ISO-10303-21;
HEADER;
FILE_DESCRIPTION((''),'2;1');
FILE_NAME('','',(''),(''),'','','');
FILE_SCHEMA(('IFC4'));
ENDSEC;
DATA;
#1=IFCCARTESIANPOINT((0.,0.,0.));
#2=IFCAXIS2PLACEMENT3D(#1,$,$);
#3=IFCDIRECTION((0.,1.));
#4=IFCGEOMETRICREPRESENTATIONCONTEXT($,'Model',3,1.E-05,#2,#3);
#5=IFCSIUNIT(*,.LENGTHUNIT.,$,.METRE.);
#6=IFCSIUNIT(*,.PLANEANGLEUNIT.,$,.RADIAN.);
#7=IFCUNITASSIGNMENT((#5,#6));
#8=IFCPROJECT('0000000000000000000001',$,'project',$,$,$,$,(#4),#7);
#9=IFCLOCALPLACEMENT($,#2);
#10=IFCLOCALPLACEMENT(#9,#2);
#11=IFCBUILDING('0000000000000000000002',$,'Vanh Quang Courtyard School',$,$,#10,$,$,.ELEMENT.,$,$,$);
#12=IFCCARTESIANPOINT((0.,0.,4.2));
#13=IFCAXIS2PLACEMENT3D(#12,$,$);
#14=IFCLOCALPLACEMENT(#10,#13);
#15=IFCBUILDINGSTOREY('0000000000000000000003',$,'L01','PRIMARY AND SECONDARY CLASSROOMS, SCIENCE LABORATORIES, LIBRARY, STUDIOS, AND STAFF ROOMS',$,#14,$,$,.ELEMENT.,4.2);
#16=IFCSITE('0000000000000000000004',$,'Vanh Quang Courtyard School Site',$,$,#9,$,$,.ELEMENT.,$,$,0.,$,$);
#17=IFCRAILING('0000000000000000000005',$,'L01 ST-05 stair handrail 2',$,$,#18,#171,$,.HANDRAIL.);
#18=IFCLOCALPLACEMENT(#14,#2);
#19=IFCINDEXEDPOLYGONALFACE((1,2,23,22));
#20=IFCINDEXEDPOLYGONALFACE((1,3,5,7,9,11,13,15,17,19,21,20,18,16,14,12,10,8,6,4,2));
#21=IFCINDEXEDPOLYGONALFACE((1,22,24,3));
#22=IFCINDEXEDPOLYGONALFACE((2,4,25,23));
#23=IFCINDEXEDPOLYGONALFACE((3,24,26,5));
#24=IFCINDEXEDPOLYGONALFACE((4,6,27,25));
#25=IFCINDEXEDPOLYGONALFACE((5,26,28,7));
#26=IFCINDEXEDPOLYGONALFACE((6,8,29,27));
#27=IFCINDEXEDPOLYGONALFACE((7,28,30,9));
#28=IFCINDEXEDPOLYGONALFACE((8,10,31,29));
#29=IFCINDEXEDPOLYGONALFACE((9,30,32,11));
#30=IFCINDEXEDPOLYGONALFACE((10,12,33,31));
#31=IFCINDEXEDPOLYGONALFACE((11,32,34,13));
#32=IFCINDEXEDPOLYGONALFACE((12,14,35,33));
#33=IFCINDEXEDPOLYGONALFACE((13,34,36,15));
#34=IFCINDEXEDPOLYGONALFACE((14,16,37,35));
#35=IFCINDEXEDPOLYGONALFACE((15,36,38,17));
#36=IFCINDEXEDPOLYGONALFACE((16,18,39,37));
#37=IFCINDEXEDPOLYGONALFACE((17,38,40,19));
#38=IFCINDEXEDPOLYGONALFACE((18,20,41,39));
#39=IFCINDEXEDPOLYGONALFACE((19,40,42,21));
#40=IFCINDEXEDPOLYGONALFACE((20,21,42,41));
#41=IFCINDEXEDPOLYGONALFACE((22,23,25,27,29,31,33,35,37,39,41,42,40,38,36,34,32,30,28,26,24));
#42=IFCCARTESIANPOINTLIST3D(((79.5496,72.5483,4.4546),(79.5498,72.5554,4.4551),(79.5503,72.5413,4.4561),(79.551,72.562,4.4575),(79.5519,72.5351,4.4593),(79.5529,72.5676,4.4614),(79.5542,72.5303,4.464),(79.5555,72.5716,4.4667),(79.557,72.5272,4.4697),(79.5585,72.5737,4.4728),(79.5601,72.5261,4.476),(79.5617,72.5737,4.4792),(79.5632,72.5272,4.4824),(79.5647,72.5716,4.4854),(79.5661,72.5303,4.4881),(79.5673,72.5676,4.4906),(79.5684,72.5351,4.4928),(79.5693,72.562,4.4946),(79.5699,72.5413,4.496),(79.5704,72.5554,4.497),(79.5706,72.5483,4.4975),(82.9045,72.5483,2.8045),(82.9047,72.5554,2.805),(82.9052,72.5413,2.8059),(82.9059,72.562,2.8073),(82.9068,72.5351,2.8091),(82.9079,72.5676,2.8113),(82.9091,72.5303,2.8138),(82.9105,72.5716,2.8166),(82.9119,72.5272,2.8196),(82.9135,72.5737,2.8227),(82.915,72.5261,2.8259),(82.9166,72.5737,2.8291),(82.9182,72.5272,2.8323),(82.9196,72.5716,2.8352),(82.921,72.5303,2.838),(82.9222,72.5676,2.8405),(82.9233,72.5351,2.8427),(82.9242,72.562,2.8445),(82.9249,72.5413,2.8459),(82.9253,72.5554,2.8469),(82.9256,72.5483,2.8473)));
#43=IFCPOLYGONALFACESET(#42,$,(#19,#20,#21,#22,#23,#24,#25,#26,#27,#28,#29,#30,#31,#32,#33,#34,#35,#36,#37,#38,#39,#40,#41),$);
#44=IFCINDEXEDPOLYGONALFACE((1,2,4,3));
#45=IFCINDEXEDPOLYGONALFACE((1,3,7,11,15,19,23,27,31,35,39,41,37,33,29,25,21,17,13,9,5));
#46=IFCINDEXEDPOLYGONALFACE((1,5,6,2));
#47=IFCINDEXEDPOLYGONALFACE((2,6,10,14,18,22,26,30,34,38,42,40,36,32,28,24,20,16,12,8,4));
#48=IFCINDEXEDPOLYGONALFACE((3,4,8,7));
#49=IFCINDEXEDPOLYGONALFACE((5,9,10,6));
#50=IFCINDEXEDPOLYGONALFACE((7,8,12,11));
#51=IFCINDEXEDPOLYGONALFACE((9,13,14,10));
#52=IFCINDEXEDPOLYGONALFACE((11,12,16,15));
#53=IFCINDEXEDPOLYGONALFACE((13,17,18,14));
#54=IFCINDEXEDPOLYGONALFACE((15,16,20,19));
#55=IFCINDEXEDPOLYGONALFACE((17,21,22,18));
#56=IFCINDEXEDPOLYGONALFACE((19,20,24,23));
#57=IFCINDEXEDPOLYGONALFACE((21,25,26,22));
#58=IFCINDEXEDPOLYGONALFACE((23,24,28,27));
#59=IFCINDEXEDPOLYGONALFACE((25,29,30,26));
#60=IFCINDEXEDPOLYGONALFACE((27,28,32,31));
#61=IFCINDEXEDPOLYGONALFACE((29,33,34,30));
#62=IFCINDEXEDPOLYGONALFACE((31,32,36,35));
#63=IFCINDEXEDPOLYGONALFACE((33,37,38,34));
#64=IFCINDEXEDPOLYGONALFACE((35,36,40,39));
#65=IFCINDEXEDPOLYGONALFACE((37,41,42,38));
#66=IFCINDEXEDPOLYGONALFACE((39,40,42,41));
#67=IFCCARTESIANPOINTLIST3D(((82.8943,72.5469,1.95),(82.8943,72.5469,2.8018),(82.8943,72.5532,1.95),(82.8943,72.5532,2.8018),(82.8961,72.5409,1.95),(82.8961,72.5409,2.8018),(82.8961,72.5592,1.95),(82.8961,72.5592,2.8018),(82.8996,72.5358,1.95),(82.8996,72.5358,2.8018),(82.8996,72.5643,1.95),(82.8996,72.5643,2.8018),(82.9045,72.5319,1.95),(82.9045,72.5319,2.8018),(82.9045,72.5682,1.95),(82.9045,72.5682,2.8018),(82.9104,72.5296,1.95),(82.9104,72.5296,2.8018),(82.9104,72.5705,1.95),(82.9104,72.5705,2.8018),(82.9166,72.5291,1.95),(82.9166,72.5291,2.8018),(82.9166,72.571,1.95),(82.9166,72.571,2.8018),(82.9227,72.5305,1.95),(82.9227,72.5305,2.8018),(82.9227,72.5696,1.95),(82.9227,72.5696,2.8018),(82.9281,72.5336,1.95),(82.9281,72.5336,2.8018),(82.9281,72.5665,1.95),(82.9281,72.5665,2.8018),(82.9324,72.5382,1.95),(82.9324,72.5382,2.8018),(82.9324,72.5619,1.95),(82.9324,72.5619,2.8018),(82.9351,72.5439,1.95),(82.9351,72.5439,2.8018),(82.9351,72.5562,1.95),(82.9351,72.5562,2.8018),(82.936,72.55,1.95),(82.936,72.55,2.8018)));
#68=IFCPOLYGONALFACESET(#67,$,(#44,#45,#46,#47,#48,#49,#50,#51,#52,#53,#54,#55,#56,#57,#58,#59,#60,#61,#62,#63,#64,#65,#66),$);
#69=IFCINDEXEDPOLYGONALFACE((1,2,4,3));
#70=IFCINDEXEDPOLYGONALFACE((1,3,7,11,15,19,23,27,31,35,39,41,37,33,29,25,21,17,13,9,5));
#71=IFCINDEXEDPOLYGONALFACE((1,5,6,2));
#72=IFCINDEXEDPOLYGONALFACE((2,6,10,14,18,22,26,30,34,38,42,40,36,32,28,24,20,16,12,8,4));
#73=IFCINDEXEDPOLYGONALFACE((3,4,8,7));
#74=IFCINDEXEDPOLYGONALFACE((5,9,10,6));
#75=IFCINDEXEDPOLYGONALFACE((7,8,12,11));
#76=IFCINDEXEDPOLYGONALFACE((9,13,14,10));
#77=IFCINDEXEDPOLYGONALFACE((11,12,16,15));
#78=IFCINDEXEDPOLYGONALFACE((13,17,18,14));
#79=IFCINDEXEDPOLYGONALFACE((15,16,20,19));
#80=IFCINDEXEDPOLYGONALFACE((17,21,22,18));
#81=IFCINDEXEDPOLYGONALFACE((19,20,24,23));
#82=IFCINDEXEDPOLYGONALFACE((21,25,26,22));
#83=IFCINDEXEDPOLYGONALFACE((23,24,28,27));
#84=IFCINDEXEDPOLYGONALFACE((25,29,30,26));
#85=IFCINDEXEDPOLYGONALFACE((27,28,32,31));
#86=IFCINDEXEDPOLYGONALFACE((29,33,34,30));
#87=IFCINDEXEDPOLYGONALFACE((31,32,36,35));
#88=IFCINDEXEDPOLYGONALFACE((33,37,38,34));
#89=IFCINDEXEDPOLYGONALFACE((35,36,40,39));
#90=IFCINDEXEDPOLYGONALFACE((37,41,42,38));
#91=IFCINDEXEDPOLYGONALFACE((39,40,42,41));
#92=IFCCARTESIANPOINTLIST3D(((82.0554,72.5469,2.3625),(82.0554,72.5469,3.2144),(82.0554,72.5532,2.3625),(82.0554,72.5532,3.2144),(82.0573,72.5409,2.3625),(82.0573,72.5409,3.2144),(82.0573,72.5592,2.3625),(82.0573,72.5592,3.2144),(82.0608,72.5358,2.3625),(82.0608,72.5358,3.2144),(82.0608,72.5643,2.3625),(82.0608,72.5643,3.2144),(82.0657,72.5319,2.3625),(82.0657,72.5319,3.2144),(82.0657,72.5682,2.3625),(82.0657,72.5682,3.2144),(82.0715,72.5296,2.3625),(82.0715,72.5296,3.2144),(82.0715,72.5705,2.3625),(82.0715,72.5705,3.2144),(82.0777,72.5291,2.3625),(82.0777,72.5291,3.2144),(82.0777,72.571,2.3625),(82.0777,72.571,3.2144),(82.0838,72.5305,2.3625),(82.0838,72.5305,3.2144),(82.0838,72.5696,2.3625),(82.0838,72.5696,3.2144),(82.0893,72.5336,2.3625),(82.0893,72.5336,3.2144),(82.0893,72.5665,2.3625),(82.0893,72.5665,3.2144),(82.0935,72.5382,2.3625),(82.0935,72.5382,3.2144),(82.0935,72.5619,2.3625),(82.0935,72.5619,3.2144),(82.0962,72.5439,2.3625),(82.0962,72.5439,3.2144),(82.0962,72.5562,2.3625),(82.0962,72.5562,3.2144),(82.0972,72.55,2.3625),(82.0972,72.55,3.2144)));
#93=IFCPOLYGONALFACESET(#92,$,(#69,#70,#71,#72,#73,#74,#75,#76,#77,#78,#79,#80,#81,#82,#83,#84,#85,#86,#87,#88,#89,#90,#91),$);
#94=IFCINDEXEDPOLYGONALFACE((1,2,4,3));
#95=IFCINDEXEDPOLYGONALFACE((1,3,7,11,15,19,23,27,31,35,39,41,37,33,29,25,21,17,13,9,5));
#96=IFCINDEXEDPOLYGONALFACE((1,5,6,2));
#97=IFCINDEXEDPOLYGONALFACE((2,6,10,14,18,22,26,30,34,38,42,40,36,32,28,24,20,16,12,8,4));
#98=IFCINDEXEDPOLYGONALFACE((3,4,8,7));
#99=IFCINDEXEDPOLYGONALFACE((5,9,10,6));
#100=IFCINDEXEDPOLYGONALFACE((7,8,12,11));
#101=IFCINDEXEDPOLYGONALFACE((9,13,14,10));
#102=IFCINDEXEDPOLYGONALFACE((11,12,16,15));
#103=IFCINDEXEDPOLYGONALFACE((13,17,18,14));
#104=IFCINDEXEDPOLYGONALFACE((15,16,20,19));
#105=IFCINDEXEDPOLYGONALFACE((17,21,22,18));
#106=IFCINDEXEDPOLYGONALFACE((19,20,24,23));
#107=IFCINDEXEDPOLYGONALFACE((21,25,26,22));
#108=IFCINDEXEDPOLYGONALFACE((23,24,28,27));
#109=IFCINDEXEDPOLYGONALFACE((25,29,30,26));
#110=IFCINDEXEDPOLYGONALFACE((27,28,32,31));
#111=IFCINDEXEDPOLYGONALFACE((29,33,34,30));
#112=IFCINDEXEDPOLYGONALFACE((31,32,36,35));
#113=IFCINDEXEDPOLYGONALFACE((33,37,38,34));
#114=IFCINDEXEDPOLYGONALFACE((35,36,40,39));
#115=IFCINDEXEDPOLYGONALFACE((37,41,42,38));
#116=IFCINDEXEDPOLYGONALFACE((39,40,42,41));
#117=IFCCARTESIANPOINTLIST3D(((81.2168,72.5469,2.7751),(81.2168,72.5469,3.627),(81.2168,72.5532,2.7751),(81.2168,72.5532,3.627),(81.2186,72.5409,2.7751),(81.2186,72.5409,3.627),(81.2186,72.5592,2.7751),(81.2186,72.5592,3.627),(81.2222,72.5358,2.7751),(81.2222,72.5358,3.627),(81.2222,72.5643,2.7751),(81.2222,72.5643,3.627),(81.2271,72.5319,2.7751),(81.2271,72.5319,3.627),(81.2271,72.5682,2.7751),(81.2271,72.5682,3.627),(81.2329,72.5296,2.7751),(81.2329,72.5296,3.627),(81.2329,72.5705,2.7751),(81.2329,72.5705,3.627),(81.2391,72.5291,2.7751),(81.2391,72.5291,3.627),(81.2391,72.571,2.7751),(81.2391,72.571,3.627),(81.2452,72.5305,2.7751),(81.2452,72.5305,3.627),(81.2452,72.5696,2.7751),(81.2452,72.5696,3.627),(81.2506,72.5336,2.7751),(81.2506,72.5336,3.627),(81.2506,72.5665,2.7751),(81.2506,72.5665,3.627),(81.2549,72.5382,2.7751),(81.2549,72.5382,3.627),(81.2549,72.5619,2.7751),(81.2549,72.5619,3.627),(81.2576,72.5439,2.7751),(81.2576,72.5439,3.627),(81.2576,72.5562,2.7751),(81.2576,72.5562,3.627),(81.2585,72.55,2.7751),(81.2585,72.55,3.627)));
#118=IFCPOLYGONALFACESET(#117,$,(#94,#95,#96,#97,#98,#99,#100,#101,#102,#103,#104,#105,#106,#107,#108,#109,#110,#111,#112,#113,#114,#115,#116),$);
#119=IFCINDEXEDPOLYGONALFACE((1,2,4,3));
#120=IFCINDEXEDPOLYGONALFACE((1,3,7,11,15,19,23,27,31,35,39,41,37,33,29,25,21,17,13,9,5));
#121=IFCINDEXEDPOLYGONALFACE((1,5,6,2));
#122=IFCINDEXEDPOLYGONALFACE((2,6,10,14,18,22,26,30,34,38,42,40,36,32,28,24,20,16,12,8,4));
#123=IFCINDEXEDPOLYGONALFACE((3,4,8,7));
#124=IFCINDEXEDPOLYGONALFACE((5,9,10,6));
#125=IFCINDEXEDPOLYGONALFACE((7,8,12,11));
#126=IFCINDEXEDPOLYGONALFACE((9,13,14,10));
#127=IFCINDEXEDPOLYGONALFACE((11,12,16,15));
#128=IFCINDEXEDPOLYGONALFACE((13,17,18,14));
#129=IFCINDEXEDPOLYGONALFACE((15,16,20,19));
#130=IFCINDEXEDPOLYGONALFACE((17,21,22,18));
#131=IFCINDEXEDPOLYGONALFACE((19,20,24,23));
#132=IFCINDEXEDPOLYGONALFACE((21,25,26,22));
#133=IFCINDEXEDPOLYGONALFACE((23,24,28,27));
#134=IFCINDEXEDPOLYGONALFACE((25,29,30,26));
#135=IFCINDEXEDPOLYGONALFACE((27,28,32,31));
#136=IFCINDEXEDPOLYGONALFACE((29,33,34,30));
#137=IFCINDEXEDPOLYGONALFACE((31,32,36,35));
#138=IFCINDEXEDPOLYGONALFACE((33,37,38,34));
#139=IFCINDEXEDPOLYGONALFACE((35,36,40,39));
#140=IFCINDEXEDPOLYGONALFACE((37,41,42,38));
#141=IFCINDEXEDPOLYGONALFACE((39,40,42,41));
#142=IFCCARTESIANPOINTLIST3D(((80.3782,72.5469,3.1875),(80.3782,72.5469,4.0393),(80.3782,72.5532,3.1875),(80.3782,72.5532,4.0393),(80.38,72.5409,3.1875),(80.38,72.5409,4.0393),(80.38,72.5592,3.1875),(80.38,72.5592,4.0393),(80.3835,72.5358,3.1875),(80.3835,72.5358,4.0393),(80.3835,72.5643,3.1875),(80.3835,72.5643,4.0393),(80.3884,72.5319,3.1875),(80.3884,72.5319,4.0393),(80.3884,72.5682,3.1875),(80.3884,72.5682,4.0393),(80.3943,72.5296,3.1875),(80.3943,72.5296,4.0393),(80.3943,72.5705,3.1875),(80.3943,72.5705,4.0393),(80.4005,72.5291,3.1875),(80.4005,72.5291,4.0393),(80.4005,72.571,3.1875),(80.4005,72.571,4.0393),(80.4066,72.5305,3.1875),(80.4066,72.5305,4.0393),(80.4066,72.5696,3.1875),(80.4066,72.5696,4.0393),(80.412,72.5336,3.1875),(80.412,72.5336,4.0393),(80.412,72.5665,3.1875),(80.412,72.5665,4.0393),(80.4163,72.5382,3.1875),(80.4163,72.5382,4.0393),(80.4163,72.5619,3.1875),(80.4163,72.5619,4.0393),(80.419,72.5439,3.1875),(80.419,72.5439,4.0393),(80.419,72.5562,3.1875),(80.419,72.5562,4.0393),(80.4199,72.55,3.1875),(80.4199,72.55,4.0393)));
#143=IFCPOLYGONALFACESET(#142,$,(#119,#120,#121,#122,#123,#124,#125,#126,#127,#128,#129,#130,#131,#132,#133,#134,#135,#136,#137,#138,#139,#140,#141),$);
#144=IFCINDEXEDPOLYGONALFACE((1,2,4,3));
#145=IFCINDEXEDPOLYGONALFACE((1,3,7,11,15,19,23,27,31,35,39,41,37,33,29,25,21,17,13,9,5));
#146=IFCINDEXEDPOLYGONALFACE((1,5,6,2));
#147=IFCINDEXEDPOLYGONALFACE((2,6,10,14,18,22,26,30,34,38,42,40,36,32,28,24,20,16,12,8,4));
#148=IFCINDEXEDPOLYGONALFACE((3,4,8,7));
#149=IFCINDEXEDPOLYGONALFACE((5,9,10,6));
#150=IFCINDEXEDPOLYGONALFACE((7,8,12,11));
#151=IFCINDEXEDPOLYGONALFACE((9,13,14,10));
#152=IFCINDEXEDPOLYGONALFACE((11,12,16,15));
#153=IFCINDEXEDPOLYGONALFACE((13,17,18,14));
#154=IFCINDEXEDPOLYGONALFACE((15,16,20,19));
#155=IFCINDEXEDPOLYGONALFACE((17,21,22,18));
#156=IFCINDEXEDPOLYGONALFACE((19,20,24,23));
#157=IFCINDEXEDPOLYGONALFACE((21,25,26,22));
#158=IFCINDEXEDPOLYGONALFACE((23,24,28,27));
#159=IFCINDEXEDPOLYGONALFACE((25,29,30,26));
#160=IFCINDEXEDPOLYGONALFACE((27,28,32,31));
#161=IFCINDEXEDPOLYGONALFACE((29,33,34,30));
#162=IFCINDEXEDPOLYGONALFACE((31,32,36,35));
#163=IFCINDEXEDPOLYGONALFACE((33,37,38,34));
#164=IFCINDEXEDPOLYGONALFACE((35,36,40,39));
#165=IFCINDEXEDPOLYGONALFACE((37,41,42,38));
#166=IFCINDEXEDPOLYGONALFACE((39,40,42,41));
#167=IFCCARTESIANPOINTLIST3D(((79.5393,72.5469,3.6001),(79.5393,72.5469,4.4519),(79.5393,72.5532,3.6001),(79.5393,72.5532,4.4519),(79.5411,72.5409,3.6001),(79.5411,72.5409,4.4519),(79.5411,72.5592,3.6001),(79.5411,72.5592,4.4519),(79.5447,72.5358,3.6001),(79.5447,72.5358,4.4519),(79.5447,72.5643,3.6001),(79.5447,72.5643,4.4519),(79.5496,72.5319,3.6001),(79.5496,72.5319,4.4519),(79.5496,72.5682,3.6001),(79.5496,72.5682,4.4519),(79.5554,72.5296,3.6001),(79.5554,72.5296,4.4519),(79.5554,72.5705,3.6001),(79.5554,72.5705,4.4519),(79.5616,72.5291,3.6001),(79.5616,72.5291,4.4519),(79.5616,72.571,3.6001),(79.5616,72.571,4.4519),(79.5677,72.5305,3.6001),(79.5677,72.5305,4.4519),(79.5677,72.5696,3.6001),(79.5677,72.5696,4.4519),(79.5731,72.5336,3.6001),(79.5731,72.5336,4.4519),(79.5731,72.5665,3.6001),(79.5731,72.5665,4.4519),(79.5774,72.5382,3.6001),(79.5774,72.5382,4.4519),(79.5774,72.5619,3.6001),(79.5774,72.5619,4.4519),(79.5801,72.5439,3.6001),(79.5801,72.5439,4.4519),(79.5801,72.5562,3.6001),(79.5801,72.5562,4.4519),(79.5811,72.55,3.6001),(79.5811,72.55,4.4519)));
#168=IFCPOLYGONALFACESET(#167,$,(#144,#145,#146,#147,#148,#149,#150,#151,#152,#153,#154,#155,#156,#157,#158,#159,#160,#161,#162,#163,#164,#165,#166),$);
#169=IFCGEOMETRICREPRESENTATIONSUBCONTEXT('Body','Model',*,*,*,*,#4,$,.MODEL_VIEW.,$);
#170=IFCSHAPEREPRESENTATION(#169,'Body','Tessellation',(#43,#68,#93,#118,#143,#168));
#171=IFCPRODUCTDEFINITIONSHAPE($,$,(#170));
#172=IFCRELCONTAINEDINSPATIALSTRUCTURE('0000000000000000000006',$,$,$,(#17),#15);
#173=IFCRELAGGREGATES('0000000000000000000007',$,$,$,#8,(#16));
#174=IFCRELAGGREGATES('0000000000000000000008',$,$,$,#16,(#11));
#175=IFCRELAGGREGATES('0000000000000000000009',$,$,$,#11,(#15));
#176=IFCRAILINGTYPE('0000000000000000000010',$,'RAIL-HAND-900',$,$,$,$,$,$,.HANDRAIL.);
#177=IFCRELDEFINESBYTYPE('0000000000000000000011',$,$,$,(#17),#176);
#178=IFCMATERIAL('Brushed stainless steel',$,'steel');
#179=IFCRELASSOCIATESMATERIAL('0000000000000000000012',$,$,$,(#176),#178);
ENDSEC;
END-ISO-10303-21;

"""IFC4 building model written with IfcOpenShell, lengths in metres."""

from ifc_helpers import new_model, si_unit, direction, frame, origin, origin_2d, place, context, subcontext, project, spatial, circle, extrude, material, type_object, element, save


model = new_model("IFC4")

# Units and contexts
model_context = context("Model", 3, precision=1e-05, world=origin(), true_north=direction((0.0, 1.0)))
body_context = subcontext(model_context, "Body", "Model", "MODEL_VIEW")
ifc_project = project(units=[si_unit("LENGTHUNIT", "METRE"), si_unit("PLANEANGLEUNIT", "RADIAN")], contexts=[model_context])

# Site, building, storey
site_placement = place(None, origin())
site = spatial("IfcSite", under=ifc_project, at=site_placement, Name="Vanh Quang Courtyard School Site", CompositionType="ELEMENT", RefElevation=0.0)
building_placement = place(site_placement, origin())
building = spatial("IfcBuilding", under=site, at=building_placement, Name="Vanh Quang Courtyard School", CompositionType="ELEMENT")
storey_placement = place(building_placement, frame((0.0, 0.0, 4.2)))
storey = spatial("IfcBuildingStorey", under=building, at=storey_placement, Name="L01", Description="PRIMARY AND SECONDARY CLASSROOMS, SCIENCE LABORATORIES, LIBRARY, STUDIOS, AND STAFF ROOMS", CompositionType="ELEMENT", Elevation=4.2)

# Railing
ifc_material_1 = material(Name="Brushed stainless steel", Category="steel")
railing_type_1 = type_object("IfcRailingType", Name="RAIL-HAND-900", PredefinedType="HANDRAIL", material=ifc_material_1)
railing_1_placement = place(storey_placement, frame((82.915, 72.55, 1.95)))
element("IfcRailing", 1, at=railing_1_placement, inside=storey, type_object=railing_type_1, Name="L01 ST-05 stair handrail 2", PredefinedType="HANDRAIL", context=body_context, shape_type="SweptSolid", body=[
    extrude(circle(Radius=0.0239, at=origin_2d()), frame((0.0, 0.0, 0.876), z_axis=(-0.897333, 0.0, 0.441353), x_axis=(0.0, -1.0, 0.0)), (0.0, 0.0, 1.0), 3.7388),
    extrude(circle(Radius=0.021, at=origin_2d()), origin(), (0.0, 0.0, 1.0), 0.8518),
    extrude(circle(Radius=0.021, at=origin_2d()), frame((-0.8389, 0.0, 0.4126)), (0.0, 0.0, 1.0), 0.8518),
    extrude(circle(Radius=0.021, at=origin_2d()), frame((-1.6775, 0.0, 0.8252)), (0.0, 0.0, 1.0), 0.8518),
    extrude(circle(Radius=0.021, at=origin_2d()), frame((-2.5161, 0.0, 1.2375)), (0.0, 0.0, 1.0), 0.8518),
    extrude(circle(Radius=0.021, at=origin_2d()), frame((-3.355, 0.0, 1.6501)), (0.0, 0.0, 1.0), 0.8518),
])

save(model, "model.ifc")
